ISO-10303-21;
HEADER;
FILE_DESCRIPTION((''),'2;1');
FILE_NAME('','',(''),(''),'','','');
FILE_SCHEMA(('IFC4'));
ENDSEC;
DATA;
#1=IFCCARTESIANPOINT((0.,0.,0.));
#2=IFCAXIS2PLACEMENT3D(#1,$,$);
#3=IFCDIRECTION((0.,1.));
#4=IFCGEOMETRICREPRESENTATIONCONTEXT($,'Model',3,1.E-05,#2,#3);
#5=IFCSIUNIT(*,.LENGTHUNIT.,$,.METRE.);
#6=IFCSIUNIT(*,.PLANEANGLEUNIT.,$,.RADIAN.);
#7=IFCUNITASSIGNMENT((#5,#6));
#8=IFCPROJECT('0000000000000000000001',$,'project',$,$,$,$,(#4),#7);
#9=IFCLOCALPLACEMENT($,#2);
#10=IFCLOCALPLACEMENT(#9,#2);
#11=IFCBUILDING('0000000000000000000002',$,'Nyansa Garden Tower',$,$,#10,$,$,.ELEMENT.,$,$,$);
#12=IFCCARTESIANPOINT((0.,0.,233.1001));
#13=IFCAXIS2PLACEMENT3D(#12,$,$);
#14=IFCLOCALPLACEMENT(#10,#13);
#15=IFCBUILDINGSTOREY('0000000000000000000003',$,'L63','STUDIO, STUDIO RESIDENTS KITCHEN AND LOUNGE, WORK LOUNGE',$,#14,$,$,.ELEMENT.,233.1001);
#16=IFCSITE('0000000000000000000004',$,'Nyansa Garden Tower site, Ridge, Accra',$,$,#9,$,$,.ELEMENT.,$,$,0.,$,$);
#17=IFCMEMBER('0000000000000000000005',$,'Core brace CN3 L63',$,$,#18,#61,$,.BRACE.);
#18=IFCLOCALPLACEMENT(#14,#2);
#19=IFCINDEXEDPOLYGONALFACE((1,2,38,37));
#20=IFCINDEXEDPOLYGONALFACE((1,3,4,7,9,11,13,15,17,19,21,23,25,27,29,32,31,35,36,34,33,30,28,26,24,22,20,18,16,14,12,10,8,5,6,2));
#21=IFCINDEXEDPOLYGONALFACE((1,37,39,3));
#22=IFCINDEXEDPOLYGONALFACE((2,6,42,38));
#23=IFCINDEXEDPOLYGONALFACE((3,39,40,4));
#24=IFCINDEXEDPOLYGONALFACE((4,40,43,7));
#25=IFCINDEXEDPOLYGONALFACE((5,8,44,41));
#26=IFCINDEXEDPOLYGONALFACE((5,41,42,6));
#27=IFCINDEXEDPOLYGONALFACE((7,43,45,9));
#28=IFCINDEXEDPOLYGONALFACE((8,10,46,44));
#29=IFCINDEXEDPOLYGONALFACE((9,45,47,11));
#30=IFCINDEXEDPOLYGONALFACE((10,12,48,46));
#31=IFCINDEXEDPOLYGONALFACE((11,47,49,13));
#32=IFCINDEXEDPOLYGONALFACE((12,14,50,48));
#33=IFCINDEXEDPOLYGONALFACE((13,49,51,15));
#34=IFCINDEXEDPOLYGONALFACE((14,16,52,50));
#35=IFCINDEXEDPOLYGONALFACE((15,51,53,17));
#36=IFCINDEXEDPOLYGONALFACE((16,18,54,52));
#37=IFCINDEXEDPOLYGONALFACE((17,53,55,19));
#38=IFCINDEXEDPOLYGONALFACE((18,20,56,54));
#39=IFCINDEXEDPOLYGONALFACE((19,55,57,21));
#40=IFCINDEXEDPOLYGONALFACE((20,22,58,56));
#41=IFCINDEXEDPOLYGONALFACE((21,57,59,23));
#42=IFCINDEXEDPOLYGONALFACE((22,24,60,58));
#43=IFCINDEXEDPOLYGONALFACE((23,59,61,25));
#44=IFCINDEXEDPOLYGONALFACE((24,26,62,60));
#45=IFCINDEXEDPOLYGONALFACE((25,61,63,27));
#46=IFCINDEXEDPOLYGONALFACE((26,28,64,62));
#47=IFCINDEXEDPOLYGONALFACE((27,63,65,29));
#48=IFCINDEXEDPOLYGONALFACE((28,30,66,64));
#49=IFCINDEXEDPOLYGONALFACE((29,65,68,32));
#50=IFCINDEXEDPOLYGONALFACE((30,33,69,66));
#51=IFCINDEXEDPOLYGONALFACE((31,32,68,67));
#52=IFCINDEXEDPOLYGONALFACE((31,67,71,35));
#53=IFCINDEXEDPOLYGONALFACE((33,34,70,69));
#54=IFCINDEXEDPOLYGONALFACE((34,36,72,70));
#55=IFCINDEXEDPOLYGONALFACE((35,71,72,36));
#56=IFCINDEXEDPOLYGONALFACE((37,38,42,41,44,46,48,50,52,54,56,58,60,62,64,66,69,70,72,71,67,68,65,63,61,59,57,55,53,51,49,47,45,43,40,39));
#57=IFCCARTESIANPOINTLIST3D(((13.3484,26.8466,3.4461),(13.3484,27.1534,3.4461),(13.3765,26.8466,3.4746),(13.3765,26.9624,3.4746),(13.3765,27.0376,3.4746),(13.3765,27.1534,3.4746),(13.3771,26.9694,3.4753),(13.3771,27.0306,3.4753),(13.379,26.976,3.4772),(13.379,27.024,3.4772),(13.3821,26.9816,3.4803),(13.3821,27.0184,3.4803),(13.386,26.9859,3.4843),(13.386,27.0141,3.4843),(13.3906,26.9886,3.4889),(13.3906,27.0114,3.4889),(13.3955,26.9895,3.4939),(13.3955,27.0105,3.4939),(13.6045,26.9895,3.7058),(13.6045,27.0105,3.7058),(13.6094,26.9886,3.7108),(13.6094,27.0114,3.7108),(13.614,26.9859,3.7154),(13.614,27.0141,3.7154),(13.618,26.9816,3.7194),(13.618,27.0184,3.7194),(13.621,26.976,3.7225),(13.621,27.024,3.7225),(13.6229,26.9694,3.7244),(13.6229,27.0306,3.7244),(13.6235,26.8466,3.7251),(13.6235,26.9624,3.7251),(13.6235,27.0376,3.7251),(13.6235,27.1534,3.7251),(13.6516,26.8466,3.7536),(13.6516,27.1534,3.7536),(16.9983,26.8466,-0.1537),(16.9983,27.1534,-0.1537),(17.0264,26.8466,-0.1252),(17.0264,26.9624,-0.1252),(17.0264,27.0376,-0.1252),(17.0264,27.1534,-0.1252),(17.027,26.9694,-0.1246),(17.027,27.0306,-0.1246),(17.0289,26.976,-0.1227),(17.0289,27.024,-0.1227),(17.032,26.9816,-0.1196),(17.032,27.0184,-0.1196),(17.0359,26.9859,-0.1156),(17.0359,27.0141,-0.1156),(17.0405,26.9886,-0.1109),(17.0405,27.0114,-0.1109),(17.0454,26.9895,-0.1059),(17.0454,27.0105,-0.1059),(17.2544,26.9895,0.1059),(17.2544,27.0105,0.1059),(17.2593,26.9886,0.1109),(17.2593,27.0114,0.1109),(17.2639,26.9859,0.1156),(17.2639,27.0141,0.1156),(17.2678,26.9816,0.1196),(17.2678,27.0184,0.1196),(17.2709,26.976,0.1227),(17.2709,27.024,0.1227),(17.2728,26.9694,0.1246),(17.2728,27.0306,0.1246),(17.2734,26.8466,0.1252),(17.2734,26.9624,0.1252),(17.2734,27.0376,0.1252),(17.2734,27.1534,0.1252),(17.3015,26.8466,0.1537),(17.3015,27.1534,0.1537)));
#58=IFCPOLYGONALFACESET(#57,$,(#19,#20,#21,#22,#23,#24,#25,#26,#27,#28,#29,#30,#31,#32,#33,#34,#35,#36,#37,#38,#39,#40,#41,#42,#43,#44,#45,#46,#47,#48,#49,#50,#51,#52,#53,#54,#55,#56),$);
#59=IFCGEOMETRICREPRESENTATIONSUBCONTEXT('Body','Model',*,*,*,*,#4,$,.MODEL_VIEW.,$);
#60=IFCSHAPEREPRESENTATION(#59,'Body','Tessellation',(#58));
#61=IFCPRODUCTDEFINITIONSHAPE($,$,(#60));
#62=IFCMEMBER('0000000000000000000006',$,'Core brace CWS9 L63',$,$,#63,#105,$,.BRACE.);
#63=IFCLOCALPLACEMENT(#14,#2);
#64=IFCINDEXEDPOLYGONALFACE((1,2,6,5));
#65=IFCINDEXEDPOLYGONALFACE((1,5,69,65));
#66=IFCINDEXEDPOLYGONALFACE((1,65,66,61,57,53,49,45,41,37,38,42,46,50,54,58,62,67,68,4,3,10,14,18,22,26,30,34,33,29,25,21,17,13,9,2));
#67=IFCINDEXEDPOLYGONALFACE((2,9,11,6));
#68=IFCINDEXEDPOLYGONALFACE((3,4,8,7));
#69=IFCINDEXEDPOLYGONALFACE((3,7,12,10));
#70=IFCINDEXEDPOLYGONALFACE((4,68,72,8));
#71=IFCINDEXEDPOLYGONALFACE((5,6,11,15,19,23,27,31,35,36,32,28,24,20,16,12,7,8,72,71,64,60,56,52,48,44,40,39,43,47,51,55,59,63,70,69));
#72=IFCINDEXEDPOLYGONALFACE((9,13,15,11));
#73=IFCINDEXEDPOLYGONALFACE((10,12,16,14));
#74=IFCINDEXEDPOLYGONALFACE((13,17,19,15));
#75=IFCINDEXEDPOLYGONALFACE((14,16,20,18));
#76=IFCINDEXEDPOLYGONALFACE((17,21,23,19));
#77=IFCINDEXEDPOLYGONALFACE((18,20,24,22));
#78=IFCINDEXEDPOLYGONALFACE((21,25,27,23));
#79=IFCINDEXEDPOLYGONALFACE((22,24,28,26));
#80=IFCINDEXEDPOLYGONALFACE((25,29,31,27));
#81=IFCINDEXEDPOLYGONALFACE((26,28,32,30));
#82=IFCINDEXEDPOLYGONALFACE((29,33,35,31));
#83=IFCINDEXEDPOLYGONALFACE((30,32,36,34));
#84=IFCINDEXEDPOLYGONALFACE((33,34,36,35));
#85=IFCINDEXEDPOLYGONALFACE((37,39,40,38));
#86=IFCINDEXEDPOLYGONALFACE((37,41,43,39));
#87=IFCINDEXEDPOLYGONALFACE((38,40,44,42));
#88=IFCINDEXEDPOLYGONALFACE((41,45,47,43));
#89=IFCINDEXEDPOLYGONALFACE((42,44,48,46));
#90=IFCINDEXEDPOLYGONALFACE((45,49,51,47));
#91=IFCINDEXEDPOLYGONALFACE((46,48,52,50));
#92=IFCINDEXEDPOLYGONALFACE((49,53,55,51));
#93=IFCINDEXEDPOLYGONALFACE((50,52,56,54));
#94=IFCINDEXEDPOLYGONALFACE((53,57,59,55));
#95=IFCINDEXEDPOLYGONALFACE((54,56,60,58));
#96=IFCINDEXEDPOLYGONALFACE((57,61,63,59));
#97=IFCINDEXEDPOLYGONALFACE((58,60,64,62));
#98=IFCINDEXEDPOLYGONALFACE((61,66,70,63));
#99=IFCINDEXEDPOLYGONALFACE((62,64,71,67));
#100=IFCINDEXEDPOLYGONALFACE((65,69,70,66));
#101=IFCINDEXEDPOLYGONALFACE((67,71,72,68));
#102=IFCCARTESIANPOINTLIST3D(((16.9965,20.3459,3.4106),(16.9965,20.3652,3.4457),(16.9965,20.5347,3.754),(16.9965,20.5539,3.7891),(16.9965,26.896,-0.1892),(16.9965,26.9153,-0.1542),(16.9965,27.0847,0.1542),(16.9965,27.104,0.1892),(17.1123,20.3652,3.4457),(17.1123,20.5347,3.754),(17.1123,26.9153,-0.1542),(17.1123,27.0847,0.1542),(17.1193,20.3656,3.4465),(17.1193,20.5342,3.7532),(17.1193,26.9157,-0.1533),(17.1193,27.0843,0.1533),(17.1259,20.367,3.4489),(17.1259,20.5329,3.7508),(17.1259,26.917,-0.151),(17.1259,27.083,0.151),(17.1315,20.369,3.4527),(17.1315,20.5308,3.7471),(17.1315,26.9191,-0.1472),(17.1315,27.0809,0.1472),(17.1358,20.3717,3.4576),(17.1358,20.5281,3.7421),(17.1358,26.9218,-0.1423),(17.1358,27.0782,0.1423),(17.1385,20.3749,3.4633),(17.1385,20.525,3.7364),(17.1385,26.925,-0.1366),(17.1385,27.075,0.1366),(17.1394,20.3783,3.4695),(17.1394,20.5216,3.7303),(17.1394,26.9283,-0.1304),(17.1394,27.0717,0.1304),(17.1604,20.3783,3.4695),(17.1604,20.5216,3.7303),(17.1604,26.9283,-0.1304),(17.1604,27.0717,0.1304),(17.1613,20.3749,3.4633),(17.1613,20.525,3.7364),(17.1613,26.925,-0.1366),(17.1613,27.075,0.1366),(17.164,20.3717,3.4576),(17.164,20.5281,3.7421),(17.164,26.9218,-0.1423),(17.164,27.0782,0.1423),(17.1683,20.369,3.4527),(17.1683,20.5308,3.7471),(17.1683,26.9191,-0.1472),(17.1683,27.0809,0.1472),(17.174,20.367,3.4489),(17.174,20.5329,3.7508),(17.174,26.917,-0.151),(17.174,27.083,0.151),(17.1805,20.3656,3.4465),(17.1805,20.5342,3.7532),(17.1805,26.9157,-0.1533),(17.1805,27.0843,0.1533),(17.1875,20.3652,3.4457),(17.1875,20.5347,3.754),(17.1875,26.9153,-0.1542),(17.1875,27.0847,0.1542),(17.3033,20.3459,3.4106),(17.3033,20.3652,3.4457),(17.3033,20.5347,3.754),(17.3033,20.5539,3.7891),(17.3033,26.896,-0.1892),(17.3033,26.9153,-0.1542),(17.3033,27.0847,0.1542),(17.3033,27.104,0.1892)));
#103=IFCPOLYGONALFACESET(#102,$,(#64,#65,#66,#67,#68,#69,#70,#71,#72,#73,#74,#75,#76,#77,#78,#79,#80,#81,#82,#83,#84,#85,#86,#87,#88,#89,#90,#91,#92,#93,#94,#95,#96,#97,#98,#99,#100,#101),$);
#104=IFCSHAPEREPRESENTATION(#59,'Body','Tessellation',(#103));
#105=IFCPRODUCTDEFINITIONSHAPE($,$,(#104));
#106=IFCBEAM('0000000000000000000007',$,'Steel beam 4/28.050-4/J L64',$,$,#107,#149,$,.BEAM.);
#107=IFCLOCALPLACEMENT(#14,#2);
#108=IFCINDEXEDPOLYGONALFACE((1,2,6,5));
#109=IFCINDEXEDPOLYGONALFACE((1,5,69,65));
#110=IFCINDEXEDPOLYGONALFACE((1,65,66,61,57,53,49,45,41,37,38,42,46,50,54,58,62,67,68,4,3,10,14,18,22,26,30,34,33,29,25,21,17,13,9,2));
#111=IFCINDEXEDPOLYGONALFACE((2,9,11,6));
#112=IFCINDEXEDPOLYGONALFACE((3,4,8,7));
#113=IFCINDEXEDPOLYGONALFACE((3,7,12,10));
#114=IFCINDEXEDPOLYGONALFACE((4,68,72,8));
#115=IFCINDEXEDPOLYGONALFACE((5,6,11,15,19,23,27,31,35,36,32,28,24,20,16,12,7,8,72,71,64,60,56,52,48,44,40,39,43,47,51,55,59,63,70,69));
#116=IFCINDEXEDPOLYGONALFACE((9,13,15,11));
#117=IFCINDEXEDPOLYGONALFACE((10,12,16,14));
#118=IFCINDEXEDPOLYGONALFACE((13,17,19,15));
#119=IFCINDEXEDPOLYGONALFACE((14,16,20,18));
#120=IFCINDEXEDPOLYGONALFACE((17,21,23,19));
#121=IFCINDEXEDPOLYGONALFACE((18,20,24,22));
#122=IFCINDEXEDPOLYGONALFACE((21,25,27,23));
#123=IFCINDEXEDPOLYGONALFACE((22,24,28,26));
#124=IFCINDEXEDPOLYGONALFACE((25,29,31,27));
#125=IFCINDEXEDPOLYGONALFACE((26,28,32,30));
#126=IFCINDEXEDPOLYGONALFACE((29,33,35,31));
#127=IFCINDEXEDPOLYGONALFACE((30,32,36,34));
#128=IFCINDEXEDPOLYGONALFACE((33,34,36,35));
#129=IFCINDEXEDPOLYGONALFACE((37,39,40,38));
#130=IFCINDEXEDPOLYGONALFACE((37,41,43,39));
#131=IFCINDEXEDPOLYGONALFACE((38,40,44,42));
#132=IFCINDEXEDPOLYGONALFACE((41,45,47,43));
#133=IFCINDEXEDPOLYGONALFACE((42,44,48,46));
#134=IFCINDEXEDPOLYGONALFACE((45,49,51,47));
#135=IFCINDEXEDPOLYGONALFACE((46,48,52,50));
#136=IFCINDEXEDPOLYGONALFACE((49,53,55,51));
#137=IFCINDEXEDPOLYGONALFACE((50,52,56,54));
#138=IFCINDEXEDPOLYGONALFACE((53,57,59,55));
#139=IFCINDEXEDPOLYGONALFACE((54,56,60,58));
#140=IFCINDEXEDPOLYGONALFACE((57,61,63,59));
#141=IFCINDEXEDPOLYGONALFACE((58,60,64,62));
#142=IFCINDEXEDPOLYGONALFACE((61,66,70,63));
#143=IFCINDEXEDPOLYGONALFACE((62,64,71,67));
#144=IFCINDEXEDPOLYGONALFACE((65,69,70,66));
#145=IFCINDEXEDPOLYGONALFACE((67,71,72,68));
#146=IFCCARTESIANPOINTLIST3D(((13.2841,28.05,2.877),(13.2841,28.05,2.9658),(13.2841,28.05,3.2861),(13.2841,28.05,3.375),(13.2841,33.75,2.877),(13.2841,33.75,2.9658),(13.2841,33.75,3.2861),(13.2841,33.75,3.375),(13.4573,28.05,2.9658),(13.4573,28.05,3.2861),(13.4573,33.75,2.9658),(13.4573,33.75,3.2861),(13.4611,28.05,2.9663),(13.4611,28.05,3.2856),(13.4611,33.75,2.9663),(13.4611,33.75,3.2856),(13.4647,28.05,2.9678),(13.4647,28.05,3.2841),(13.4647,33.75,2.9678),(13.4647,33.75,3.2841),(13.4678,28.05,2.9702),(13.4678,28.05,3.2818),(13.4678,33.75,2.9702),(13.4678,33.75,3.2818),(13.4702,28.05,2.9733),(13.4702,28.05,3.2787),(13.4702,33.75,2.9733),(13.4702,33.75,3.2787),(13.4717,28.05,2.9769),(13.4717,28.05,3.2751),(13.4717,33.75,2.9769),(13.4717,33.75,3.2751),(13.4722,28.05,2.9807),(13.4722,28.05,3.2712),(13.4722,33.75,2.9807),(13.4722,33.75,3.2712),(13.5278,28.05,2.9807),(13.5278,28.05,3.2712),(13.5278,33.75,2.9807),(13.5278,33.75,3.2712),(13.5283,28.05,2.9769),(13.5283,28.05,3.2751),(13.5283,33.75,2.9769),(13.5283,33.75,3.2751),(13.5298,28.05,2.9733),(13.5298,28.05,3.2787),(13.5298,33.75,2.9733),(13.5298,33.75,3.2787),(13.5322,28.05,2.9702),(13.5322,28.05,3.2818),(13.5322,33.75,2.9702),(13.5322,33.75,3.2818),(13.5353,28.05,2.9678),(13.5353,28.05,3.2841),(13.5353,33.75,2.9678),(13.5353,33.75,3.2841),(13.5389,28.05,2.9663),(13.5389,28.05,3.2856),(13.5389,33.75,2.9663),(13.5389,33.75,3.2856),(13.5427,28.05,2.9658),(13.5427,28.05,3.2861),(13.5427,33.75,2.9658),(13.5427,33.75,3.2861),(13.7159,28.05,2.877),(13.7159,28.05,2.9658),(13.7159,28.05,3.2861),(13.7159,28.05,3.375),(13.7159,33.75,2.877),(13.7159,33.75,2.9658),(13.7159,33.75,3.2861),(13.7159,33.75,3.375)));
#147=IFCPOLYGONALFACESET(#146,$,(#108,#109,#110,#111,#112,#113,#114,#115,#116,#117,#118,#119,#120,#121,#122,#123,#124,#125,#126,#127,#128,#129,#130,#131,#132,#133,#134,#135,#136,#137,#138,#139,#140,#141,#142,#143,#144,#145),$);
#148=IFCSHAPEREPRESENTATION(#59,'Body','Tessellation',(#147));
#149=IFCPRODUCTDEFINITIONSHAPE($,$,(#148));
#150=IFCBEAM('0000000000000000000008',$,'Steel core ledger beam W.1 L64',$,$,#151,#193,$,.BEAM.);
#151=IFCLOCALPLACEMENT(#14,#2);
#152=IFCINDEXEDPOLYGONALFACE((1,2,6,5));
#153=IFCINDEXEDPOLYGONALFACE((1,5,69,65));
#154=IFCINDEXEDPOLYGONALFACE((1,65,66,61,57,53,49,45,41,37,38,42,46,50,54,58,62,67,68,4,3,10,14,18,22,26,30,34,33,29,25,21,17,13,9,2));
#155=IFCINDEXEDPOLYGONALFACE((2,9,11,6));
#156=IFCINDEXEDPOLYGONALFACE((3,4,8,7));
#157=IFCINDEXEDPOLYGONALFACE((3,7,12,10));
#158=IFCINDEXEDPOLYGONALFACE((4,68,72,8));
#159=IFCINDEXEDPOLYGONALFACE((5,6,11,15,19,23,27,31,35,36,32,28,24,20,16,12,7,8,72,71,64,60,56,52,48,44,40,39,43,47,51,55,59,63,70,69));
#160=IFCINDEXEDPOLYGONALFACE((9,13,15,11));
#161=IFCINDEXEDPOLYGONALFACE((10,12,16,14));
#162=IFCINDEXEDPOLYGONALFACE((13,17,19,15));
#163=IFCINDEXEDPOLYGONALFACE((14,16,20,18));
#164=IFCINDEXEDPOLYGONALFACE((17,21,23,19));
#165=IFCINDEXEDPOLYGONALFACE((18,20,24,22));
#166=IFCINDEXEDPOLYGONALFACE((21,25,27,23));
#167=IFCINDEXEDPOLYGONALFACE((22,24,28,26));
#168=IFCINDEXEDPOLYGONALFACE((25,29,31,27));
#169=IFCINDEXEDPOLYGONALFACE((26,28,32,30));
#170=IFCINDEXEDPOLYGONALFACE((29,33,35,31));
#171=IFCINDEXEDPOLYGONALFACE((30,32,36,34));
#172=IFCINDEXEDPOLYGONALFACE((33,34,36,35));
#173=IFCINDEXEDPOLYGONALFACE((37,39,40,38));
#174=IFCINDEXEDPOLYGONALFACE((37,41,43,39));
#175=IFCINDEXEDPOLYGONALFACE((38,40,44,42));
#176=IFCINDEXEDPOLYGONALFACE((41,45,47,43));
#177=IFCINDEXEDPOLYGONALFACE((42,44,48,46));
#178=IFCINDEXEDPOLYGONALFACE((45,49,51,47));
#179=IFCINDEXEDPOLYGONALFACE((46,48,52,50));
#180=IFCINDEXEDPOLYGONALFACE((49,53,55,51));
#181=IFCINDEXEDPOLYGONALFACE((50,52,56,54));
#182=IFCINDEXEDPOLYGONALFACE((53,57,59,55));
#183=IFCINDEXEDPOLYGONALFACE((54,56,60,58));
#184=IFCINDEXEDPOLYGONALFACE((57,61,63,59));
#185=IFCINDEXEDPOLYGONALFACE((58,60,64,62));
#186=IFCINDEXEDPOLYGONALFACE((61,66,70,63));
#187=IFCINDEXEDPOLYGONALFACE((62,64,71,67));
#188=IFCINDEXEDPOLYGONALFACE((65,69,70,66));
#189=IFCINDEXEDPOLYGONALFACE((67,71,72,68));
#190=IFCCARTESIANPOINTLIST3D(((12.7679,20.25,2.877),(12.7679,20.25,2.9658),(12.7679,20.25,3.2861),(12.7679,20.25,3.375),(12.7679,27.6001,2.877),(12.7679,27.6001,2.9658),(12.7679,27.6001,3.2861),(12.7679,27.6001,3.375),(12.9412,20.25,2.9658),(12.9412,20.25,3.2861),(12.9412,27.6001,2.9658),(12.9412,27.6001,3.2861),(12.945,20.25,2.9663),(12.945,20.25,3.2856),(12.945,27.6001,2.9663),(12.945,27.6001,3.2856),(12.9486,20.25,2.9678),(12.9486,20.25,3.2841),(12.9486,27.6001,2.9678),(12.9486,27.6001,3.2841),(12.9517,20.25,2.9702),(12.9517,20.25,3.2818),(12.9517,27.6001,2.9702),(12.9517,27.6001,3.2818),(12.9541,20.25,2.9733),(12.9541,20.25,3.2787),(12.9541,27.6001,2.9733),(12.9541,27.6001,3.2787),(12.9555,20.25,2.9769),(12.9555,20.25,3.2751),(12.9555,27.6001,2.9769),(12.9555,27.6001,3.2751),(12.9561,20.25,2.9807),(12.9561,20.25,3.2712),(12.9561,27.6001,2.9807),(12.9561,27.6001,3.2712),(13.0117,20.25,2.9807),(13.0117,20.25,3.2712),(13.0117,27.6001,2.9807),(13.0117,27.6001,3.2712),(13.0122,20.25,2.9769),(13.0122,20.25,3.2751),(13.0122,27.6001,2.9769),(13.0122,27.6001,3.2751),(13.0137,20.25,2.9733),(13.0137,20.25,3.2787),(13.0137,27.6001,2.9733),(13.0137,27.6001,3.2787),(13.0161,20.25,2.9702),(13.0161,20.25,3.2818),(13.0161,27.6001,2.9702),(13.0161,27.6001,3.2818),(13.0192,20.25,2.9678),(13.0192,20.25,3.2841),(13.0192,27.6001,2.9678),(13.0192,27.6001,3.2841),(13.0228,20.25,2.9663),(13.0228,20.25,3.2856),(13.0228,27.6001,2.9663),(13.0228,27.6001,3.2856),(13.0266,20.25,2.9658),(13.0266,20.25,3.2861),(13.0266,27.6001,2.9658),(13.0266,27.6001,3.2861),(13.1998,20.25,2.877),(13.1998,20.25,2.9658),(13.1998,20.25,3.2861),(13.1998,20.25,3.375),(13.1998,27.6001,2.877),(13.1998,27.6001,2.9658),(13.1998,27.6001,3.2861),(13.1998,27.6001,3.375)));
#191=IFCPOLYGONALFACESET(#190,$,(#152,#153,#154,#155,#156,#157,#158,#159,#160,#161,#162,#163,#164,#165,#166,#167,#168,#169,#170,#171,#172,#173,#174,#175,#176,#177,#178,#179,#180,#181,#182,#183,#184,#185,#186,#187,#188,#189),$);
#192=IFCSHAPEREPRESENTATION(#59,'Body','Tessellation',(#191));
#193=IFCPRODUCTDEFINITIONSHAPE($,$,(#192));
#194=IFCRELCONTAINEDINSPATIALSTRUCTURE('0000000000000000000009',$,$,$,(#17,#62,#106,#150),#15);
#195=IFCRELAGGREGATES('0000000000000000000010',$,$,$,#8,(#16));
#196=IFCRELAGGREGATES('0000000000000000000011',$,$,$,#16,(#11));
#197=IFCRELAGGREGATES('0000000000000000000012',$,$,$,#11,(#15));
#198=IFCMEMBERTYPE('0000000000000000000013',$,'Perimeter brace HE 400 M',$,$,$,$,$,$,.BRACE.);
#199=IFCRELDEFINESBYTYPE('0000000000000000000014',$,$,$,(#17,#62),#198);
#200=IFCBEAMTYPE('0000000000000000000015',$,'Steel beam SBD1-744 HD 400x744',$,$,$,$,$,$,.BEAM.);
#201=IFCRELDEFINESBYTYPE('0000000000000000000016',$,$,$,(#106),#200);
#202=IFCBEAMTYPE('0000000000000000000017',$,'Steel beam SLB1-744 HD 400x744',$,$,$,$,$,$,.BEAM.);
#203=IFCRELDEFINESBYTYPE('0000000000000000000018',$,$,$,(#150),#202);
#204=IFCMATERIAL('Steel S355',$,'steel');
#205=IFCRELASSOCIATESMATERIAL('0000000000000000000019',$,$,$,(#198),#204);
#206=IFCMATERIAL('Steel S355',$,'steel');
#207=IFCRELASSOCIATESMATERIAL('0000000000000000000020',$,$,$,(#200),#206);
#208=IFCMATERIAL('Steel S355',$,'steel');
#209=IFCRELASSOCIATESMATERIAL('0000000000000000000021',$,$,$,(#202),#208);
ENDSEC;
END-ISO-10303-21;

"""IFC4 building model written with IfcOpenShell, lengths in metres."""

from ifc_helpers import new_model, si_unit, direction, frame, origin, origin_2d, place, context, subcontext, project, spatial, i_section, extrude, material, material_profile, profile_set, type_object, element, save


model = new_model("IFC4")

# Units and contexts
model_context = context("Model", 3, precision=1e-05, world=origin(), true_north=direction((0.0, 1.0)))
body_context = subcontext(model_context, "Body", "Model", "MODEL_VIEW")
ifc_project = project(units=[si_unit("LENGTHUNIT", "METRE"), si_unit("PLANEANGLEUNIT", "RADIAN")], contexts=[model_context])

# Site, building, storey
site_placement = place(None, origin())
site = spatial("IfcSite", under=ifc_project, at=site_placement, Name="Nyansa Garden Tower site, Ridge, Accra", CompositionType="ELEMENT", RefElevation=0.0)
building_placement = place(site_placement, origin())
building = spatial("IfcBuilding", under=site, at=building_placement, Name="Nyansa Garden Tower", CompositionType="ELEMENT")
storey_placement = place(building_placement, frame((0.0, 0.0, 233.1001)))
storey = spatial("IfcBuildingStorey", under=building, at=storey_placement, Name="L63", Description="STUDIO, STUDIO RESIDENTS KITCHEN AND LOUNGE, WORK LOUNGE", CompositionType="ELEMENT", Elevation=233.1001)

# Members
ifc_material_1 = material(Name="Steel S355", Category="steel")
ifc_material_profile_1 = material_profile(ifc_material_1, i_section(OverallWidth=0.3069, OverallDepth=0.4319, WebThickness=0.021, FlangeThickness=0.04, FilletRadius=0.0271, at=origin_2d()), Name="HE 400 M")
ifc_profile_set_1 = profile_set([ifc_material_profile_1], Name="Steel S355")
member_type = type_object("IfcMemberType", Name="Perimeter brace HE 400 M", PredefinedType="BRACE", material=ifc_profile_set_1)
member_1_placement = place(storey_placement, frame((17.1499, 27.0, 0.0), z_axis=(-0.711971, 0.0, 0.702209), x_axis=(0.0, -1.0, 0.0)))
element("IfcMember", 1, at=member_1_placement, inside=storey, type_object=member_type, Name="Core brace CN3 L63", PredefinedType="BRACE", context=body_context, shape_type="SweptSolid", body=[
    extrude(i_section(OverallWidth=0.3069, OverallDepth=0.4319, WebThickness=0.021, FlangeThickness=0.04, FilletRadius=0.0271, at=origin_2d()), origin(), (0.0, 0.0, 1.0), 5.1265),
])
member_2_placement = place(storey_placement, frame((17.1499, 27.0, 0.0), z_axis=(0.0, -0.876367, 0.481644), x_axis=(1.0, 0.0, 0.0)))
element("IfcMember", 2, at=member_2_placement, inside=storey, type_object=member_type, Name="Core brace CWS9 L63", PredefinedType="BRACE", context=body_context, shape_type="SweptSolid", body=[
    extrude(i_section(OverallWidth=0.3069, OverallDepth=0.4319, WebThickness=0.021, FlangeThickness=0.04, FilletRadius=0.0271, at=origin_2d()), origin(), (0.0, 0.0, 1.0), 7.4741),
])

# Beams
ifc_material_2 = material(Name="Steel S355", Category="steel")
ifc_material_profile_2 = material_profile(ifc_material_2, i_section(OverallWidth=0.4319, OverallDepth=0.498, WebThickness=0.0557, FlangeThickness=0.0889, FilletRadius=0.0149, at=origin_2d()), Name="HD 400x744")
ifc_profile_set_2 = profile_set([ifc_material_profile_2], Name="Steel S355")
beam_type_1 = type_object("IfcBeamType", Name="Steel beam SBD1-744 HD 400x744", PredefinedType="BEAM", material=ifc_profile_set_2)
beam_placement = place(storey_placement, frame((13.5, 28.05, 3.126), z_axis=(0.0, 1.0, 0.0), x_axis=(-1.0, 0.0, 0.0)))
element("IfcBeam", 3, at=beam_placement, inside=storey, type_object=beam_type_1, Name="Steel beam 4/28.050-4/J L64", PredefinedType="BEAM", context=body_context, shape_type="SweptSolid", body=[
    extrude(i_section(OverallWidth=0.4319, OverallDepth=0.498, WebThickness=0.0557, FlangeThickness=0.0889, FilletRadius=0.0149, at=origin_2d()), origin(), (0.0, 0.0, 1.0), 5.7),
])
ifc_material_3 = material(Name="Steel S355", Category="steel")
ifc_material_profile_3 = material_profile(ifc_material_3, i_section(OverallWidth=0.4319, OverallDepth=0.498, WebThickness=0.0557, FlangeThickness=0.0889, FilletRadius=0.0149, at=origin_2d()), Name="HD 400x744")
ifc_profile_set_3 = profile_set([ifc_material_profile_3], Name="Steel S355")
beam_type_2 = type_object("IfcBeamType", Name="Steel beam SLB1-744 HD 400x744", PredefinedType="BEAM", material=ifc_profile_set_3)
for number, where, z_axis, x_axis, name in (
    (4, (12.9839, 27.6001, 3.126), (0.0, -1.0, 0.0), (1.0, 0.0, 0.0), "Steel core ledger beam W.1 L64"),
):
    element("IfcBeam", number, at=place(storey_placement, frame(where, z_axis=z_axis, x_axis=x_axis)), inside=storey, type_object=beam_type_2, Name=name, PredefinedType="BEAM", context=body_context, shape_type="SweptSolid", body=[
        extrude(i_section(OverallWidth=0.4319, OverallDepth=0.498, WebThickness=0.0557, FlangeThickness=0.0889, FilletRadius=0.0149, at=origin_2d()), origin(), (0.0, 0.0, 1.0), 7.3501),
    ])

save(model, "model.ifc")
